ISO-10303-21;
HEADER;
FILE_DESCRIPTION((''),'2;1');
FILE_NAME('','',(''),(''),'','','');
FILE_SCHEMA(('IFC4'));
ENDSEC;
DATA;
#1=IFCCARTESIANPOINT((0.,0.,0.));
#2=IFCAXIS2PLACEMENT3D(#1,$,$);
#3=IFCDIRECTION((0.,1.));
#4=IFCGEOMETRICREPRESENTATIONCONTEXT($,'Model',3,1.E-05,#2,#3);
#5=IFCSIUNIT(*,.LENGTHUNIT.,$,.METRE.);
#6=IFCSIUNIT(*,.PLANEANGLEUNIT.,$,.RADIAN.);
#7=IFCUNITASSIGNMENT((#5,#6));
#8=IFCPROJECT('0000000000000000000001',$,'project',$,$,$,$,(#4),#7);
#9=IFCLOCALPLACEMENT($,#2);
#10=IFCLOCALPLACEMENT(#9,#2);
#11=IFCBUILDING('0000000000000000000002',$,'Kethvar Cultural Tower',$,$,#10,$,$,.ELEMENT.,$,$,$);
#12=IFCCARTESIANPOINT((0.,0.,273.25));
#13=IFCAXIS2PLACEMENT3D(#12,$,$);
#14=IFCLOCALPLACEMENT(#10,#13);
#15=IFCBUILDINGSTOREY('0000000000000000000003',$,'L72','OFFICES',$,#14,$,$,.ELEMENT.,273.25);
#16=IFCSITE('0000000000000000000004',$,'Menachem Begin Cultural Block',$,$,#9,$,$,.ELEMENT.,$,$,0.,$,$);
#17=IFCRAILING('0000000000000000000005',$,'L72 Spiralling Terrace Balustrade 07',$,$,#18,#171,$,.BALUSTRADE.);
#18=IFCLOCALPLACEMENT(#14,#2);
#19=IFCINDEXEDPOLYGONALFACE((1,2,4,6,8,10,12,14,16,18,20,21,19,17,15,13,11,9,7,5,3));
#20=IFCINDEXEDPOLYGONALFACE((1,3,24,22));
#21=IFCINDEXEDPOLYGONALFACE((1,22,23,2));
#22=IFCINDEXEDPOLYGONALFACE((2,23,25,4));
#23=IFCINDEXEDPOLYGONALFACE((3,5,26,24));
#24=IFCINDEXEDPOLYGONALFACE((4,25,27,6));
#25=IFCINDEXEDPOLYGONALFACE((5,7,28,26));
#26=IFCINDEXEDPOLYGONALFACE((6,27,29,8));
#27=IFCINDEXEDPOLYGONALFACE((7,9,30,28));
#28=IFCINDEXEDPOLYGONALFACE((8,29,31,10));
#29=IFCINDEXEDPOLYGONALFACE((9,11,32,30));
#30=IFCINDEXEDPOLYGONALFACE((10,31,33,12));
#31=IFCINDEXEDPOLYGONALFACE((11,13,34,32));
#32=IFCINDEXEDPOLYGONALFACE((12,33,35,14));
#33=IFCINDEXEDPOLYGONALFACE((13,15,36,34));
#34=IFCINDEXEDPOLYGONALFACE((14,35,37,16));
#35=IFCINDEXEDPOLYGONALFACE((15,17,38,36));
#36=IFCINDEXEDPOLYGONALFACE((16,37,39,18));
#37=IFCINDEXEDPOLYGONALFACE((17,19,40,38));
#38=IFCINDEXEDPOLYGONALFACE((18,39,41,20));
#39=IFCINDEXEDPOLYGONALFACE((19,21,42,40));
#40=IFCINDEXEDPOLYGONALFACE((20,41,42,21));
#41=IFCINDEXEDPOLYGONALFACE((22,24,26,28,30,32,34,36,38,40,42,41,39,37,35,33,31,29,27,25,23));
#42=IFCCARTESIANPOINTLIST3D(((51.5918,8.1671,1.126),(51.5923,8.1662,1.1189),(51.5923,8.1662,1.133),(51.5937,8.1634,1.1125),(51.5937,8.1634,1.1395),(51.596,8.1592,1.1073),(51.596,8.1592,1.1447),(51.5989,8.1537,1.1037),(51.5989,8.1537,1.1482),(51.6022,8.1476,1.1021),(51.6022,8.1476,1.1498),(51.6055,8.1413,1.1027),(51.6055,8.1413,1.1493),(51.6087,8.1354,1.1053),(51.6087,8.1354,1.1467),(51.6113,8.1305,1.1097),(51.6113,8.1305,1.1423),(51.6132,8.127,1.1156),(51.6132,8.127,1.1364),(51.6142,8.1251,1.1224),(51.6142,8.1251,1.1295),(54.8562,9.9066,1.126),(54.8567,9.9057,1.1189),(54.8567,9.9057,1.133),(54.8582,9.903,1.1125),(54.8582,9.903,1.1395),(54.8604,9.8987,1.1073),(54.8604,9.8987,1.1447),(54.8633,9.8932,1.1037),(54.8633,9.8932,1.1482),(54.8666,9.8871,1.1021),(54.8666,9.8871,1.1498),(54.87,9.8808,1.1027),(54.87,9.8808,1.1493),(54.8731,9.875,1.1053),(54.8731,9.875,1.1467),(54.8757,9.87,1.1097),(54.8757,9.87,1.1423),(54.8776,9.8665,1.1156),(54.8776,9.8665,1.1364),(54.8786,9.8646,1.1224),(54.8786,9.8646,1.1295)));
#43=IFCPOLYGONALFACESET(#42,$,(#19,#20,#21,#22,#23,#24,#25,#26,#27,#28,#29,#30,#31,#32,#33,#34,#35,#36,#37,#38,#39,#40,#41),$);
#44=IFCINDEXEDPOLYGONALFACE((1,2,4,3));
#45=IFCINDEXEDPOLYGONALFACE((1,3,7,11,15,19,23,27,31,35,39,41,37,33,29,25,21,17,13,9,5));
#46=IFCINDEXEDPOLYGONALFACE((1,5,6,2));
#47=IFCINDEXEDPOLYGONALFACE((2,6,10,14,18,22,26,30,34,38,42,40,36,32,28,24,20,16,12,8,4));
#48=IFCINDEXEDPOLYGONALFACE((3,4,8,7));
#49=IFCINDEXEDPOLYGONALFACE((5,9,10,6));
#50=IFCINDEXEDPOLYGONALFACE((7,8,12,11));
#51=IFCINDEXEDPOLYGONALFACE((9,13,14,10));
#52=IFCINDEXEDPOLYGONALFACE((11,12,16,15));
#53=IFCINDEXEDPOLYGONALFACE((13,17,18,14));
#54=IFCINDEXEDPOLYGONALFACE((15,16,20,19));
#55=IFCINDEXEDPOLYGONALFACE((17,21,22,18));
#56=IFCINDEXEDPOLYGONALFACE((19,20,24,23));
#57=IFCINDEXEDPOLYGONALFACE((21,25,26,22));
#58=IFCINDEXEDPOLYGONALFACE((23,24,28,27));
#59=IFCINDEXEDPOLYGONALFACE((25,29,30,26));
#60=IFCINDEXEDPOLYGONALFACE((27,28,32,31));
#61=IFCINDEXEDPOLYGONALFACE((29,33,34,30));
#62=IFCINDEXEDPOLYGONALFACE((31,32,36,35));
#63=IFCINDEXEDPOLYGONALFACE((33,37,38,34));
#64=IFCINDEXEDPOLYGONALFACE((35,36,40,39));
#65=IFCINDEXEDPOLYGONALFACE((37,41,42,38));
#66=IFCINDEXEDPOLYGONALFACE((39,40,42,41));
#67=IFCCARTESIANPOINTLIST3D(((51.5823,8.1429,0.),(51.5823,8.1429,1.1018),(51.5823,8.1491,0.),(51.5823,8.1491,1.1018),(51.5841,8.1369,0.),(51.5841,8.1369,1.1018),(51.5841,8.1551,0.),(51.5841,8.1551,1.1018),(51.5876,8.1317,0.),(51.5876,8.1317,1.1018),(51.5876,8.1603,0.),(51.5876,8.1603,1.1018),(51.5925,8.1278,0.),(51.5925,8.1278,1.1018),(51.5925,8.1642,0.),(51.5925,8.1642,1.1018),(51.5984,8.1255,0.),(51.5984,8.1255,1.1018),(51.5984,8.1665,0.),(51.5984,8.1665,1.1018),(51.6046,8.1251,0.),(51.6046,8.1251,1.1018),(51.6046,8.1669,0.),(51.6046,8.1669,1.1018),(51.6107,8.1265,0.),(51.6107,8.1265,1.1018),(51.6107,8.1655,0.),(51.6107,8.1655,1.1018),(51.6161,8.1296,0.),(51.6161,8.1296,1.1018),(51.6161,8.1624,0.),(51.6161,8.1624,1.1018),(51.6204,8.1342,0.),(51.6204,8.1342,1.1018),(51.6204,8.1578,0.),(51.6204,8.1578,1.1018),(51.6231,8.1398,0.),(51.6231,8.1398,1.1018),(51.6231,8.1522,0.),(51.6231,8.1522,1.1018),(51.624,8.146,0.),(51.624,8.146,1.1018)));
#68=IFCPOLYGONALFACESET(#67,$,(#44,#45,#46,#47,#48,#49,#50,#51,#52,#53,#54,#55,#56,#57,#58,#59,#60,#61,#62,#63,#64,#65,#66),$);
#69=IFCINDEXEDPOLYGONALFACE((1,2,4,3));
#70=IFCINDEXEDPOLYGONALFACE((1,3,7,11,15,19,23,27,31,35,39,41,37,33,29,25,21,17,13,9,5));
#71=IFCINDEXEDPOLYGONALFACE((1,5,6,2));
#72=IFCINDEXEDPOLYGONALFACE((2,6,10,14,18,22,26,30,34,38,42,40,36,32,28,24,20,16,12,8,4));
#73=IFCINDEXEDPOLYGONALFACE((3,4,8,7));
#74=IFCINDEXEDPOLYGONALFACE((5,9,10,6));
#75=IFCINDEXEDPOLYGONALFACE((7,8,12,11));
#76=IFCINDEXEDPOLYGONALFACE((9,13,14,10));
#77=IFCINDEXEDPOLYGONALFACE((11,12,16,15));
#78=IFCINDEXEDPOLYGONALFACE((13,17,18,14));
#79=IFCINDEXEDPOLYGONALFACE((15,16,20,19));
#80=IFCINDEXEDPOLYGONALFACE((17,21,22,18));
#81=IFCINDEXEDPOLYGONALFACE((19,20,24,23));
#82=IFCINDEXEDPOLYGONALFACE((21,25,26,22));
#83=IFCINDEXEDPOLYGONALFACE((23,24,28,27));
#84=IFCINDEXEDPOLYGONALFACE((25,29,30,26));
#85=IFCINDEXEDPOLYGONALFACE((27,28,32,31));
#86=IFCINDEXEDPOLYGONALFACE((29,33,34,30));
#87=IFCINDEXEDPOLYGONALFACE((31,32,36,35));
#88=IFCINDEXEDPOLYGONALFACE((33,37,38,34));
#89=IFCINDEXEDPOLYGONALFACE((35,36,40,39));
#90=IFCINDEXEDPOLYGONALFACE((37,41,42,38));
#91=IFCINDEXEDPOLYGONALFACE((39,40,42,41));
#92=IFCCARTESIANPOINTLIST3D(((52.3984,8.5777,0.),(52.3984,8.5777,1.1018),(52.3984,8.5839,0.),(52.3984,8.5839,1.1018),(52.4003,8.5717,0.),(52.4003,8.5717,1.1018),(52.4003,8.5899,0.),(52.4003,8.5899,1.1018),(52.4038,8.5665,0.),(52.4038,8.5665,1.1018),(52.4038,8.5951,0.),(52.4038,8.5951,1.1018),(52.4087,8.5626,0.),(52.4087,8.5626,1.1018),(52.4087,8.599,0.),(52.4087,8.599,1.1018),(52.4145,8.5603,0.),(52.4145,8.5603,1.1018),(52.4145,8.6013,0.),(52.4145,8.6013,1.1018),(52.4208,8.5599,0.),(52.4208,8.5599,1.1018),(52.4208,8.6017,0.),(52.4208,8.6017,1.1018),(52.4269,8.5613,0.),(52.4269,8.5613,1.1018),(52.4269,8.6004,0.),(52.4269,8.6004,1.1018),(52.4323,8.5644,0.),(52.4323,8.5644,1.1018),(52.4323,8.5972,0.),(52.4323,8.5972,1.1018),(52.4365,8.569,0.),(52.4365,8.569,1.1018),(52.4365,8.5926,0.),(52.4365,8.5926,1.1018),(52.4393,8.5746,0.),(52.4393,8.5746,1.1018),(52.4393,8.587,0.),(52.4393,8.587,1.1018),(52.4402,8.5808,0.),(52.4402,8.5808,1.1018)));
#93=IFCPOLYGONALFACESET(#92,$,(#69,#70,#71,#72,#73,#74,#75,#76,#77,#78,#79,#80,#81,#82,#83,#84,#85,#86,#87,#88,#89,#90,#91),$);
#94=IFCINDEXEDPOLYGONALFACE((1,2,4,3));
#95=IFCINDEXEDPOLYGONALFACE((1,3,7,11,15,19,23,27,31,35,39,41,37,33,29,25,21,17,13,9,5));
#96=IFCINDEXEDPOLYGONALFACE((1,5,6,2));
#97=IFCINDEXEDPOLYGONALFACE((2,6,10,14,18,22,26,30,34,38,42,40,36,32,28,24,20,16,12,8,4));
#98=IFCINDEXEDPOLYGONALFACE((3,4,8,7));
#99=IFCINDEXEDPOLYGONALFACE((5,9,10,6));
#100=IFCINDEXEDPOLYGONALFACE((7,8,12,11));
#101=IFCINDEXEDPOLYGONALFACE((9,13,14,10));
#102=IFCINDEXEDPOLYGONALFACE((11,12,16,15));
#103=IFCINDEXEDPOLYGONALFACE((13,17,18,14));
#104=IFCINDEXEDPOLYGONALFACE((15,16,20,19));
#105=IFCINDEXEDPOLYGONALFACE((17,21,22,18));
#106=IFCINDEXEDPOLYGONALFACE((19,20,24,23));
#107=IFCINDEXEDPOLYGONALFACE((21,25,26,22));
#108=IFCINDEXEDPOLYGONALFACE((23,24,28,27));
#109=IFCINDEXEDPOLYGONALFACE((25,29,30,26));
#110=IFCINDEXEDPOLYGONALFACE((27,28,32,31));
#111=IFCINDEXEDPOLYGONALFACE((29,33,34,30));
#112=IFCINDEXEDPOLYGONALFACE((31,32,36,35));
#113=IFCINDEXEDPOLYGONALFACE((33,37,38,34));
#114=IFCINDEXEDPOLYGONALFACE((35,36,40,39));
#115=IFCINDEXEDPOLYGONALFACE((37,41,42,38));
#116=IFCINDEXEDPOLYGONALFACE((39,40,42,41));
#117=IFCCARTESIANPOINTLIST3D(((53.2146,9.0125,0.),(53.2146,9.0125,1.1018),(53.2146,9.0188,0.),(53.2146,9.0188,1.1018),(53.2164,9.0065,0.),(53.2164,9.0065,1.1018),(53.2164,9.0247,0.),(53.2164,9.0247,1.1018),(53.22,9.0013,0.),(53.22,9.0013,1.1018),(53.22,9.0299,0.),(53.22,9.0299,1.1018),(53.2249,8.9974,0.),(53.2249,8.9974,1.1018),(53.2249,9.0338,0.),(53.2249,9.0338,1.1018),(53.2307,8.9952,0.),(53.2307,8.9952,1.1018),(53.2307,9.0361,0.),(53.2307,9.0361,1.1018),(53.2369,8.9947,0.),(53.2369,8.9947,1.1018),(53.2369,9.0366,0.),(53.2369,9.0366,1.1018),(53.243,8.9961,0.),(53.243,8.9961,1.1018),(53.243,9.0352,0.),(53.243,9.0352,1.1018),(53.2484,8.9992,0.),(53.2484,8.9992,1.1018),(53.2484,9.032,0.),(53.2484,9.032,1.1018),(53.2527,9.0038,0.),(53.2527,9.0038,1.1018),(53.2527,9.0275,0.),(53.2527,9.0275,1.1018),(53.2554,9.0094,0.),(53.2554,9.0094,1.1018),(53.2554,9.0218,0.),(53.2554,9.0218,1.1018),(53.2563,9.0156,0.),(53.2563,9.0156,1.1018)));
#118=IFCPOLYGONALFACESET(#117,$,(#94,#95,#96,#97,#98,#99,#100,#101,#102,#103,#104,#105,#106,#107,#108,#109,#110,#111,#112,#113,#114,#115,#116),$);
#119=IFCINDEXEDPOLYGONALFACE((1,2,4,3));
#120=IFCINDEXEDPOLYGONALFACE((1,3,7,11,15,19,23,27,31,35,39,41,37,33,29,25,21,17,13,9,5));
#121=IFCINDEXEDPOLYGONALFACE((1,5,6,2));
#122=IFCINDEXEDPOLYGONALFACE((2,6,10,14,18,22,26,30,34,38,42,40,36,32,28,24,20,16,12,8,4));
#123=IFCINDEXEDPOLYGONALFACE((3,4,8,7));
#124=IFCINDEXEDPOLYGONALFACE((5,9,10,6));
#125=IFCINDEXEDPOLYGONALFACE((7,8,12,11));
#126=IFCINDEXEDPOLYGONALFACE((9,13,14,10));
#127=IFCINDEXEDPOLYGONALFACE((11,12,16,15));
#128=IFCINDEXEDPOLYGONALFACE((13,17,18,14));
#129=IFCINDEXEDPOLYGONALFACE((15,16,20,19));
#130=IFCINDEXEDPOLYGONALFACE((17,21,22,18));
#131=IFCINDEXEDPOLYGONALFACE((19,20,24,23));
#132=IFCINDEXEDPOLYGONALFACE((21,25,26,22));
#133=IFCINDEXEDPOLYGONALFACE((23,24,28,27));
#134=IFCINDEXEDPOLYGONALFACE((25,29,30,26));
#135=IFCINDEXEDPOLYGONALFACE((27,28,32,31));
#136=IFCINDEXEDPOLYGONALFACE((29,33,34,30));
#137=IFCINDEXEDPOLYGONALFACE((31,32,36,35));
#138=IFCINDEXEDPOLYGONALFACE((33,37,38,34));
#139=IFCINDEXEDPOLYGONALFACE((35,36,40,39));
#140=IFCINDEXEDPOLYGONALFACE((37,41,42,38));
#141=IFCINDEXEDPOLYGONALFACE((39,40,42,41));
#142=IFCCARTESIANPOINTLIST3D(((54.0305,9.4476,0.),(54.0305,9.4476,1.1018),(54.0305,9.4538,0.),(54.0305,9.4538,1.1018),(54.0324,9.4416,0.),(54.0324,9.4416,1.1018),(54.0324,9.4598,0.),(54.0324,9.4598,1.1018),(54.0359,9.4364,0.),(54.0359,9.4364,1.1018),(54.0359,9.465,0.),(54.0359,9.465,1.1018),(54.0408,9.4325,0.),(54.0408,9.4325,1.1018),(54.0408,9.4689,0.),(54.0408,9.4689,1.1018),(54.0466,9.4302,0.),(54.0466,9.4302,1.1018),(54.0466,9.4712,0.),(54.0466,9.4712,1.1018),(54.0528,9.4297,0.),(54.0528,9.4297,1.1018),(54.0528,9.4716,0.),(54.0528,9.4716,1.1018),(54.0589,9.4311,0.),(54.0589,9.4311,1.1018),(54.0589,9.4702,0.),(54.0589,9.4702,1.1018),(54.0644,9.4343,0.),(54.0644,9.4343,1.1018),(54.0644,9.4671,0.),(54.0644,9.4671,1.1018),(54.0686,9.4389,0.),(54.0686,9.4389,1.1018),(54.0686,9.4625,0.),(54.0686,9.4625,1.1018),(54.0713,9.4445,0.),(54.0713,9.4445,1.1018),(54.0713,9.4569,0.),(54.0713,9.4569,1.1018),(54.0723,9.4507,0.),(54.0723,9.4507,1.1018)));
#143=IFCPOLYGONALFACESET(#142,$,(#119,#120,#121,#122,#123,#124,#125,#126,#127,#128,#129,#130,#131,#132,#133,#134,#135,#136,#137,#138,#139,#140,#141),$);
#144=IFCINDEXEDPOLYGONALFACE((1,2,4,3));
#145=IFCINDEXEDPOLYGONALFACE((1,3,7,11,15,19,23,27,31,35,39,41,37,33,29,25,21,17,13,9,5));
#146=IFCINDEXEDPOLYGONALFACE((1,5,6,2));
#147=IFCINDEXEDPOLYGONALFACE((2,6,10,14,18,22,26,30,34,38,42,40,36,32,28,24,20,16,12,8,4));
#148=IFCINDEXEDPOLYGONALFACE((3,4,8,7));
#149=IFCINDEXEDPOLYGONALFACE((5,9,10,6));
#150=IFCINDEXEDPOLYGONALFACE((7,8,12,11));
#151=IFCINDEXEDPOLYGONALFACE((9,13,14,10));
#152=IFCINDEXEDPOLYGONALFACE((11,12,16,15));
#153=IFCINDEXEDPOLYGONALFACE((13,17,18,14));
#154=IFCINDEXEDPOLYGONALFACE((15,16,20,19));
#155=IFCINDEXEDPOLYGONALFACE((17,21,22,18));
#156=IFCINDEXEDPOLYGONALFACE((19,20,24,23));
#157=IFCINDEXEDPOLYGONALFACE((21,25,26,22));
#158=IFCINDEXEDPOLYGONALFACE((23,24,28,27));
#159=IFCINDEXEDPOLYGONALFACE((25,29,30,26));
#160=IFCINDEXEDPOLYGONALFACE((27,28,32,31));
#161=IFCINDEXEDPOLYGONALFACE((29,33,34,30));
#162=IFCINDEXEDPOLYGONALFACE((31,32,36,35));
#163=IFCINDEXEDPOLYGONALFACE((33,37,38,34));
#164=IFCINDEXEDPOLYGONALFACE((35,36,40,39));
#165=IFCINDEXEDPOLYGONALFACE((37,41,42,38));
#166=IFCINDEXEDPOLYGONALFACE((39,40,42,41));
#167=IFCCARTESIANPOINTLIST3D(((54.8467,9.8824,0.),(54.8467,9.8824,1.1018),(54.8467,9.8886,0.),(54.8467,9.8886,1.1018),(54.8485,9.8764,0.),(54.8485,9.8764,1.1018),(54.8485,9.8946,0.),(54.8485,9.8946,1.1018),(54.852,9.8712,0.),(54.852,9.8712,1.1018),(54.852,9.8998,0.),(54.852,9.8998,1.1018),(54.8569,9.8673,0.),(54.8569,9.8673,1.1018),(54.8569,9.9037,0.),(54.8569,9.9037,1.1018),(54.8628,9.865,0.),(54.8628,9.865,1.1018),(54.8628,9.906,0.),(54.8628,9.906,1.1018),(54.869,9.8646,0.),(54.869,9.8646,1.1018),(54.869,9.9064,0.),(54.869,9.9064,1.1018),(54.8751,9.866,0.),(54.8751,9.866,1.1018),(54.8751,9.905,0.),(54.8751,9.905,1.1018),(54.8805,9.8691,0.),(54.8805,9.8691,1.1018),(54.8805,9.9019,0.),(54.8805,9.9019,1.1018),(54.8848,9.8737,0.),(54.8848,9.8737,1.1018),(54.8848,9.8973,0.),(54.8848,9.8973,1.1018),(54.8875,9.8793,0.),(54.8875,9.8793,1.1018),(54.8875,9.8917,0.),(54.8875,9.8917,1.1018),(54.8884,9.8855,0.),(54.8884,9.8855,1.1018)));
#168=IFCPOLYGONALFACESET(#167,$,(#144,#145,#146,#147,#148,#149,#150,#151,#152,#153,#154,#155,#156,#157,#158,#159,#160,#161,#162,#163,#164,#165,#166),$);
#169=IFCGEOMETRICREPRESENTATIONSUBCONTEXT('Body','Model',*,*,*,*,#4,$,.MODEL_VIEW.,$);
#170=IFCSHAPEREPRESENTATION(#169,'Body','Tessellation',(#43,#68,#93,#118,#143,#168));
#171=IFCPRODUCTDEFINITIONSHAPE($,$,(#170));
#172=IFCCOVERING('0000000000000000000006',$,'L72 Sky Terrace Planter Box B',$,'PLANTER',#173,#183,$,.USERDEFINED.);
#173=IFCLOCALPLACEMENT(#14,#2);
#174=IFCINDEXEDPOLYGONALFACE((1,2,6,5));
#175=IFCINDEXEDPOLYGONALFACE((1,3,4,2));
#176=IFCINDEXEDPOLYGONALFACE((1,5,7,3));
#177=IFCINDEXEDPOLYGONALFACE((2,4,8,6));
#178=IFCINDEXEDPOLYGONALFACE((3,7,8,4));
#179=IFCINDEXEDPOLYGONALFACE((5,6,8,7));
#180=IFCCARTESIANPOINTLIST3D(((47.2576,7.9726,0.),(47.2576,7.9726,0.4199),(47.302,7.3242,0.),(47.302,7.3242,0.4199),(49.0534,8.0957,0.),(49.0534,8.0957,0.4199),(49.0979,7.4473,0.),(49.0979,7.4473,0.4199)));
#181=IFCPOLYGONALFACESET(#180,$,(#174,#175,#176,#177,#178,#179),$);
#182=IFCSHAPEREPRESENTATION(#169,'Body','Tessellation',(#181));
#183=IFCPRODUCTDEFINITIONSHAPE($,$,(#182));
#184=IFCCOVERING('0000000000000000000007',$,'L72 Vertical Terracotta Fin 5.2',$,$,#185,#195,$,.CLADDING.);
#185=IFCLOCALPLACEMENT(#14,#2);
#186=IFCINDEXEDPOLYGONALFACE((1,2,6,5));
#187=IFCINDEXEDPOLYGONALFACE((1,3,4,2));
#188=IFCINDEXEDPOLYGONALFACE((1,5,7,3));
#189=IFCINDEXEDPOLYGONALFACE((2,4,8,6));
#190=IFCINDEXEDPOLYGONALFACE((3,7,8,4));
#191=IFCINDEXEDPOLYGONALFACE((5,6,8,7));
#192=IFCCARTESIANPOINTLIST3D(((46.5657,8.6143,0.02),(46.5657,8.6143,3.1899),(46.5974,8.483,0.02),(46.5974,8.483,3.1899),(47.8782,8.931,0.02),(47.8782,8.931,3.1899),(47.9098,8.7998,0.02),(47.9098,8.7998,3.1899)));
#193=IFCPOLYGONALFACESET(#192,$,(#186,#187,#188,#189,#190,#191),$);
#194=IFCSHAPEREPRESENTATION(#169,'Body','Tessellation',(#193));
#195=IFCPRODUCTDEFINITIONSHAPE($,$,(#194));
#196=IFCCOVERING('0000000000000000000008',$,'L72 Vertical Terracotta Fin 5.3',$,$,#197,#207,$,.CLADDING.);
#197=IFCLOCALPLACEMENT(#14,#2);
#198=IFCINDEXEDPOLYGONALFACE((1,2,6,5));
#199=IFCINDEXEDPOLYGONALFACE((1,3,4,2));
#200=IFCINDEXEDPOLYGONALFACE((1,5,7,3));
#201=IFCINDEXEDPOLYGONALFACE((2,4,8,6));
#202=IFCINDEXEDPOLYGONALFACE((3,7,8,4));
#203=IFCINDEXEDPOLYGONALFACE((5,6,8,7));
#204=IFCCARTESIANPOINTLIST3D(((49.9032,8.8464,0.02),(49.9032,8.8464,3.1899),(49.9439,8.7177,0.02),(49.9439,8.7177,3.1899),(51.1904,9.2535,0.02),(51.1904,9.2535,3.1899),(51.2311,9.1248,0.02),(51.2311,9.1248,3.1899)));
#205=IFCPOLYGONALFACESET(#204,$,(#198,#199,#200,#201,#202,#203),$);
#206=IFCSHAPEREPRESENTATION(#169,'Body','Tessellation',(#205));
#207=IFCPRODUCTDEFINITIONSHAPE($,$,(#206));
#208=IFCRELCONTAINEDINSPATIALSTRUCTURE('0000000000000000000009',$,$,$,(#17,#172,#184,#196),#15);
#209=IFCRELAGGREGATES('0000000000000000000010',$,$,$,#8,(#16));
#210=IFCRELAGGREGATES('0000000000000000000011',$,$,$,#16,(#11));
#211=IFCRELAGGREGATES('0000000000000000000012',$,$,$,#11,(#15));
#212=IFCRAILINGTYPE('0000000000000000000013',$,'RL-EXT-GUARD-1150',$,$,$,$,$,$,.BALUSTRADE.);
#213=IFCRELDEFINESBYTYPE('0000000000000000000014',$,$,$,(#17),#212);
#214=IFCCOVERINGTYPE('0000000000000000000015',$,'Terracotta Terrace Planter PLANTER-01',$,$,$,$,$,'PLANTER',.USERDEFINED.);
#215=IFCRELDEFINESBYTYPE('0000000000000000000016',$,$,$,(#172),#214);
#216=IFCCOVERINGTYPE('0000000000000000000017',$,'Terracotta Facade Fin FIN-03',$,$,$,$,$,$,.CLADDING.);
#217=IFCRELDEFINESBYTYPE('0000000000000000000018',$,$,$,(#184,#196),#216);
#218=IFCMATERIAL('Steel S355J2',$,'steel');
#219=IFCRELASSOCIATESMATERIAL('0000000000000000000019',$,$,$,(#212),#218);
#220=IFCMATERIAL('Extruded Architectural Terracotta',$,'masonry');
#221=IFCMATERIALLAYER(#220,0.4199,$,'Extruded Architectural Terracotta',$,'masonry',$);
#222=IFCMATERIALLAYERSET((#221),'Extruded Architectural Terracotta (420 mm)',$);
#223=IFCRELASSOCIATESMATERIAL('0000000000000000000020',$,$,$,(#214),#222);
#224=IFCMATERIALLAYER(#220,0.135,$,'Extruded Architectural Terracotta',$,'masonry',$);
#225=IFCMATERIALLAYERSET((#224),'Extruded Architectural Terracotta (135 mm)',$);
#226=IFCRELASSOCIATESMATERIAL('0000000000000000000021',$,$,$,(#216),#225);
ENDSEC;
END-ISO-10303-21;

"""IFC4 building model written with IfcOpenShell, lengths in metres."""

from ifc_helpers import new_model, si_unit, direction, frame, origin, origin_2d, place, context, subcontext, project, spatial, rectangle, circle, extrude, source, transform, mapped, material, layer, layer_set, type_object, element, save


model = new_model("IFC4")

# Units and contexts
model_context = context("Model", 3, precision=1e-05, world=origin(), true_north=direction((0.0, 1.0)))
body_context = subcontext(model_context, "Body", "Model", "MODEL_VIEW")
ifc_project = project(units=[si_unit("LENGTHUNIT", "METRE"), si_unit("PLANEANGLEUNIT", "RADIAN")], contexts=[model_context])

# Site, building, storey
site_placement = place(None, origin())
site = spatial("IfcSite", under=ifc_project, at=site_placement, Name="Menachem Begin Cultural Block", CompositionType="ELEMENT", RefElevation=0.0)
building_placement = place(site_placement, origin())
building = spatial("IfcBuilding", under=site, at=building_placement, Name="Kethvar Cultural Tower", CompositionType="ELEMENT")
storey_placement = place(building_placement, frame((0.0, 0.0, 273.25)))
storey = spatial("IfcBuildingStorey", under=building, at=storey_placement, Name="L72", Description="OFFICES", CompositionType="ELEMENT", Elevation=273.25)

# Shared definitions
ifc_material_1 = material(Name="Steel S355J2", Category="steel")

# Railing
railing_type = type_object("IfcRailingType", Name="RL-EXT-GUARD-1150", PredefinedType="BALUSTRADE", material=ifc_material_1)
railing_1_placement = place(storey_placement, frame((51.603, 8.146, 0.0)))
element("IfcRailing", 1, at=railing_1_placement, inside=storey, type_object=railing_type, Name="L72 Spiralling Terrace Balustrade 07", PredefinedType="BALUSTRADE", context=body_context, shape_type="SweptSolid", body=[
    extrude(circle(Radius=0.0239, at=origin_2d()), frame((0.0, 0.0, 1.126), z_axis=(0.882523, 0.47027, 0.0), x_axis=(-0.47027, 0.882523, 0.0)), (0.0, 0.0, 1.0), 3.699),
    extrude(circle(Radius=0.021, at=origin_2d()), origin(), (0.0, 0.0, 1.0), 1.1018),
    extrude(circle(Radius=0.021, at=origin_2d()), frame((0.8162, 0.4348, 0.0)), (0.0, 0.0, 1.0), 1.1018),
    extrude(circle(Radius=0.021, at=origin_2d()), frame((1.6323, 0.8696, 0.0)), (0.0, 0.0, 1.0), 1.1018),
    extrude(circle(Radius=0.021, at=origin_2d()), frame((2.4482, 1.3047, 0.0)), (0.0, 0.0, 1.0), 1.1018),
    extrude(circle(Radius=0.021, at=origin_2d()), frame((3.2644, 1.7395, 0.0)), (0.0, 0.0, 1.0), 1.1018),
])

# Coverings
ifc_material_2 = material(Name="Extruded Architectural Terracotta", Category="masonry")
ifc_layer_1 = layer(ifc_material_2, 0.4199, Name="Extruded Architectural Terracotta", Category="masonry")
ifc_layer_set_1 = layer_set([ifc_layer_1], Name="Extruded Architectural Terracotta (420 mm)")
covering_type_1 = type_object("IfcCoveringType", Name="Terracotta Terrace Planter PLANTER-01", ElementType="PLANTER", PredefinedType="USERDEFINED", material=ifc_layer_set_1)
shared_shape_1 = source(origin(), body_context, "Body", "SweptSolid", [
    extrude(rectangle(XDim=1.8, YDim=0.6499, at=origin_2d()), origin(), (0.0, 0.0, 1.0), 0.4199),
])
covering_placement = place(storey_placement, frame((48.1777, 7.71, 0.0), z_axis=(0.0, 0.0, 1.0), x_axis=(0.99766, 0.068364, 0.0)))
element("IfcCovering", 2, at=covering_placement, inside=storey, type_object=covering_type_1, Name="L72 Sky Terrace Planter Box B", ObjectType="PLANTER", PredefinedType="USERDEFINED", context=body_context, shape_type="MappedRepresentation", body=[
    mapped(shared_shape_1, transform((0.0, 0.0, 0.0), scale=1.0)),
])
ifc_layer_2 = layer(ifc_material_2, 0.135, Name="Extruded Architectural Terracotta", Category="masonry")
ifc_layer_set_2 = layer_set([ifc_layer_2], Name="Extruded Architectural Terracotta (135 mm)")
covering_type_2 = type_object("IfcCoveringType", Name="Terracotta Facade Fin FIN-03", PredefinedType="CLADDING", material=ifc_layer_set_2)
shared_shape_2 = source(origin(), body_context, "Body", "SweptSolid", [
    extrude(rectangle(XDim=1.3501, YDim=0.135, at=origin_2d()), origin(), (0.0, 0.0, 1.0), 3.1699),
])
for number, where, z_axis, x_axis, name in (
    (3, (47.2378, 8.707, 0.02), (0.0, 0.0, 1.0), (-0.972084, -0.234633, 0.0), "L72 Vertical Terracotta Fin 5.2"),
    (4, (50.5671, 8.9856, 0.02), (0.0, 0.0, 1.0), (-0.953454, -0.301538, 0.0), "L72 Vertical Terracotta Fin 5.3"),
):
    element("IfcCovering", number, at=place(storey_placement, frame(where, z_axis=z_axis, x_axis=x_axis)), inside=storey, type_object=covering_type_2, Name=name, PredefinedType="CLADDING", context=body_context, shape_type="MappedRepresentation", body=[
        mapped(shared_shape_2, transform((0.0, 0.0, 0.0), scale=1.0)),
    ])

save(model, "model.ifc")
